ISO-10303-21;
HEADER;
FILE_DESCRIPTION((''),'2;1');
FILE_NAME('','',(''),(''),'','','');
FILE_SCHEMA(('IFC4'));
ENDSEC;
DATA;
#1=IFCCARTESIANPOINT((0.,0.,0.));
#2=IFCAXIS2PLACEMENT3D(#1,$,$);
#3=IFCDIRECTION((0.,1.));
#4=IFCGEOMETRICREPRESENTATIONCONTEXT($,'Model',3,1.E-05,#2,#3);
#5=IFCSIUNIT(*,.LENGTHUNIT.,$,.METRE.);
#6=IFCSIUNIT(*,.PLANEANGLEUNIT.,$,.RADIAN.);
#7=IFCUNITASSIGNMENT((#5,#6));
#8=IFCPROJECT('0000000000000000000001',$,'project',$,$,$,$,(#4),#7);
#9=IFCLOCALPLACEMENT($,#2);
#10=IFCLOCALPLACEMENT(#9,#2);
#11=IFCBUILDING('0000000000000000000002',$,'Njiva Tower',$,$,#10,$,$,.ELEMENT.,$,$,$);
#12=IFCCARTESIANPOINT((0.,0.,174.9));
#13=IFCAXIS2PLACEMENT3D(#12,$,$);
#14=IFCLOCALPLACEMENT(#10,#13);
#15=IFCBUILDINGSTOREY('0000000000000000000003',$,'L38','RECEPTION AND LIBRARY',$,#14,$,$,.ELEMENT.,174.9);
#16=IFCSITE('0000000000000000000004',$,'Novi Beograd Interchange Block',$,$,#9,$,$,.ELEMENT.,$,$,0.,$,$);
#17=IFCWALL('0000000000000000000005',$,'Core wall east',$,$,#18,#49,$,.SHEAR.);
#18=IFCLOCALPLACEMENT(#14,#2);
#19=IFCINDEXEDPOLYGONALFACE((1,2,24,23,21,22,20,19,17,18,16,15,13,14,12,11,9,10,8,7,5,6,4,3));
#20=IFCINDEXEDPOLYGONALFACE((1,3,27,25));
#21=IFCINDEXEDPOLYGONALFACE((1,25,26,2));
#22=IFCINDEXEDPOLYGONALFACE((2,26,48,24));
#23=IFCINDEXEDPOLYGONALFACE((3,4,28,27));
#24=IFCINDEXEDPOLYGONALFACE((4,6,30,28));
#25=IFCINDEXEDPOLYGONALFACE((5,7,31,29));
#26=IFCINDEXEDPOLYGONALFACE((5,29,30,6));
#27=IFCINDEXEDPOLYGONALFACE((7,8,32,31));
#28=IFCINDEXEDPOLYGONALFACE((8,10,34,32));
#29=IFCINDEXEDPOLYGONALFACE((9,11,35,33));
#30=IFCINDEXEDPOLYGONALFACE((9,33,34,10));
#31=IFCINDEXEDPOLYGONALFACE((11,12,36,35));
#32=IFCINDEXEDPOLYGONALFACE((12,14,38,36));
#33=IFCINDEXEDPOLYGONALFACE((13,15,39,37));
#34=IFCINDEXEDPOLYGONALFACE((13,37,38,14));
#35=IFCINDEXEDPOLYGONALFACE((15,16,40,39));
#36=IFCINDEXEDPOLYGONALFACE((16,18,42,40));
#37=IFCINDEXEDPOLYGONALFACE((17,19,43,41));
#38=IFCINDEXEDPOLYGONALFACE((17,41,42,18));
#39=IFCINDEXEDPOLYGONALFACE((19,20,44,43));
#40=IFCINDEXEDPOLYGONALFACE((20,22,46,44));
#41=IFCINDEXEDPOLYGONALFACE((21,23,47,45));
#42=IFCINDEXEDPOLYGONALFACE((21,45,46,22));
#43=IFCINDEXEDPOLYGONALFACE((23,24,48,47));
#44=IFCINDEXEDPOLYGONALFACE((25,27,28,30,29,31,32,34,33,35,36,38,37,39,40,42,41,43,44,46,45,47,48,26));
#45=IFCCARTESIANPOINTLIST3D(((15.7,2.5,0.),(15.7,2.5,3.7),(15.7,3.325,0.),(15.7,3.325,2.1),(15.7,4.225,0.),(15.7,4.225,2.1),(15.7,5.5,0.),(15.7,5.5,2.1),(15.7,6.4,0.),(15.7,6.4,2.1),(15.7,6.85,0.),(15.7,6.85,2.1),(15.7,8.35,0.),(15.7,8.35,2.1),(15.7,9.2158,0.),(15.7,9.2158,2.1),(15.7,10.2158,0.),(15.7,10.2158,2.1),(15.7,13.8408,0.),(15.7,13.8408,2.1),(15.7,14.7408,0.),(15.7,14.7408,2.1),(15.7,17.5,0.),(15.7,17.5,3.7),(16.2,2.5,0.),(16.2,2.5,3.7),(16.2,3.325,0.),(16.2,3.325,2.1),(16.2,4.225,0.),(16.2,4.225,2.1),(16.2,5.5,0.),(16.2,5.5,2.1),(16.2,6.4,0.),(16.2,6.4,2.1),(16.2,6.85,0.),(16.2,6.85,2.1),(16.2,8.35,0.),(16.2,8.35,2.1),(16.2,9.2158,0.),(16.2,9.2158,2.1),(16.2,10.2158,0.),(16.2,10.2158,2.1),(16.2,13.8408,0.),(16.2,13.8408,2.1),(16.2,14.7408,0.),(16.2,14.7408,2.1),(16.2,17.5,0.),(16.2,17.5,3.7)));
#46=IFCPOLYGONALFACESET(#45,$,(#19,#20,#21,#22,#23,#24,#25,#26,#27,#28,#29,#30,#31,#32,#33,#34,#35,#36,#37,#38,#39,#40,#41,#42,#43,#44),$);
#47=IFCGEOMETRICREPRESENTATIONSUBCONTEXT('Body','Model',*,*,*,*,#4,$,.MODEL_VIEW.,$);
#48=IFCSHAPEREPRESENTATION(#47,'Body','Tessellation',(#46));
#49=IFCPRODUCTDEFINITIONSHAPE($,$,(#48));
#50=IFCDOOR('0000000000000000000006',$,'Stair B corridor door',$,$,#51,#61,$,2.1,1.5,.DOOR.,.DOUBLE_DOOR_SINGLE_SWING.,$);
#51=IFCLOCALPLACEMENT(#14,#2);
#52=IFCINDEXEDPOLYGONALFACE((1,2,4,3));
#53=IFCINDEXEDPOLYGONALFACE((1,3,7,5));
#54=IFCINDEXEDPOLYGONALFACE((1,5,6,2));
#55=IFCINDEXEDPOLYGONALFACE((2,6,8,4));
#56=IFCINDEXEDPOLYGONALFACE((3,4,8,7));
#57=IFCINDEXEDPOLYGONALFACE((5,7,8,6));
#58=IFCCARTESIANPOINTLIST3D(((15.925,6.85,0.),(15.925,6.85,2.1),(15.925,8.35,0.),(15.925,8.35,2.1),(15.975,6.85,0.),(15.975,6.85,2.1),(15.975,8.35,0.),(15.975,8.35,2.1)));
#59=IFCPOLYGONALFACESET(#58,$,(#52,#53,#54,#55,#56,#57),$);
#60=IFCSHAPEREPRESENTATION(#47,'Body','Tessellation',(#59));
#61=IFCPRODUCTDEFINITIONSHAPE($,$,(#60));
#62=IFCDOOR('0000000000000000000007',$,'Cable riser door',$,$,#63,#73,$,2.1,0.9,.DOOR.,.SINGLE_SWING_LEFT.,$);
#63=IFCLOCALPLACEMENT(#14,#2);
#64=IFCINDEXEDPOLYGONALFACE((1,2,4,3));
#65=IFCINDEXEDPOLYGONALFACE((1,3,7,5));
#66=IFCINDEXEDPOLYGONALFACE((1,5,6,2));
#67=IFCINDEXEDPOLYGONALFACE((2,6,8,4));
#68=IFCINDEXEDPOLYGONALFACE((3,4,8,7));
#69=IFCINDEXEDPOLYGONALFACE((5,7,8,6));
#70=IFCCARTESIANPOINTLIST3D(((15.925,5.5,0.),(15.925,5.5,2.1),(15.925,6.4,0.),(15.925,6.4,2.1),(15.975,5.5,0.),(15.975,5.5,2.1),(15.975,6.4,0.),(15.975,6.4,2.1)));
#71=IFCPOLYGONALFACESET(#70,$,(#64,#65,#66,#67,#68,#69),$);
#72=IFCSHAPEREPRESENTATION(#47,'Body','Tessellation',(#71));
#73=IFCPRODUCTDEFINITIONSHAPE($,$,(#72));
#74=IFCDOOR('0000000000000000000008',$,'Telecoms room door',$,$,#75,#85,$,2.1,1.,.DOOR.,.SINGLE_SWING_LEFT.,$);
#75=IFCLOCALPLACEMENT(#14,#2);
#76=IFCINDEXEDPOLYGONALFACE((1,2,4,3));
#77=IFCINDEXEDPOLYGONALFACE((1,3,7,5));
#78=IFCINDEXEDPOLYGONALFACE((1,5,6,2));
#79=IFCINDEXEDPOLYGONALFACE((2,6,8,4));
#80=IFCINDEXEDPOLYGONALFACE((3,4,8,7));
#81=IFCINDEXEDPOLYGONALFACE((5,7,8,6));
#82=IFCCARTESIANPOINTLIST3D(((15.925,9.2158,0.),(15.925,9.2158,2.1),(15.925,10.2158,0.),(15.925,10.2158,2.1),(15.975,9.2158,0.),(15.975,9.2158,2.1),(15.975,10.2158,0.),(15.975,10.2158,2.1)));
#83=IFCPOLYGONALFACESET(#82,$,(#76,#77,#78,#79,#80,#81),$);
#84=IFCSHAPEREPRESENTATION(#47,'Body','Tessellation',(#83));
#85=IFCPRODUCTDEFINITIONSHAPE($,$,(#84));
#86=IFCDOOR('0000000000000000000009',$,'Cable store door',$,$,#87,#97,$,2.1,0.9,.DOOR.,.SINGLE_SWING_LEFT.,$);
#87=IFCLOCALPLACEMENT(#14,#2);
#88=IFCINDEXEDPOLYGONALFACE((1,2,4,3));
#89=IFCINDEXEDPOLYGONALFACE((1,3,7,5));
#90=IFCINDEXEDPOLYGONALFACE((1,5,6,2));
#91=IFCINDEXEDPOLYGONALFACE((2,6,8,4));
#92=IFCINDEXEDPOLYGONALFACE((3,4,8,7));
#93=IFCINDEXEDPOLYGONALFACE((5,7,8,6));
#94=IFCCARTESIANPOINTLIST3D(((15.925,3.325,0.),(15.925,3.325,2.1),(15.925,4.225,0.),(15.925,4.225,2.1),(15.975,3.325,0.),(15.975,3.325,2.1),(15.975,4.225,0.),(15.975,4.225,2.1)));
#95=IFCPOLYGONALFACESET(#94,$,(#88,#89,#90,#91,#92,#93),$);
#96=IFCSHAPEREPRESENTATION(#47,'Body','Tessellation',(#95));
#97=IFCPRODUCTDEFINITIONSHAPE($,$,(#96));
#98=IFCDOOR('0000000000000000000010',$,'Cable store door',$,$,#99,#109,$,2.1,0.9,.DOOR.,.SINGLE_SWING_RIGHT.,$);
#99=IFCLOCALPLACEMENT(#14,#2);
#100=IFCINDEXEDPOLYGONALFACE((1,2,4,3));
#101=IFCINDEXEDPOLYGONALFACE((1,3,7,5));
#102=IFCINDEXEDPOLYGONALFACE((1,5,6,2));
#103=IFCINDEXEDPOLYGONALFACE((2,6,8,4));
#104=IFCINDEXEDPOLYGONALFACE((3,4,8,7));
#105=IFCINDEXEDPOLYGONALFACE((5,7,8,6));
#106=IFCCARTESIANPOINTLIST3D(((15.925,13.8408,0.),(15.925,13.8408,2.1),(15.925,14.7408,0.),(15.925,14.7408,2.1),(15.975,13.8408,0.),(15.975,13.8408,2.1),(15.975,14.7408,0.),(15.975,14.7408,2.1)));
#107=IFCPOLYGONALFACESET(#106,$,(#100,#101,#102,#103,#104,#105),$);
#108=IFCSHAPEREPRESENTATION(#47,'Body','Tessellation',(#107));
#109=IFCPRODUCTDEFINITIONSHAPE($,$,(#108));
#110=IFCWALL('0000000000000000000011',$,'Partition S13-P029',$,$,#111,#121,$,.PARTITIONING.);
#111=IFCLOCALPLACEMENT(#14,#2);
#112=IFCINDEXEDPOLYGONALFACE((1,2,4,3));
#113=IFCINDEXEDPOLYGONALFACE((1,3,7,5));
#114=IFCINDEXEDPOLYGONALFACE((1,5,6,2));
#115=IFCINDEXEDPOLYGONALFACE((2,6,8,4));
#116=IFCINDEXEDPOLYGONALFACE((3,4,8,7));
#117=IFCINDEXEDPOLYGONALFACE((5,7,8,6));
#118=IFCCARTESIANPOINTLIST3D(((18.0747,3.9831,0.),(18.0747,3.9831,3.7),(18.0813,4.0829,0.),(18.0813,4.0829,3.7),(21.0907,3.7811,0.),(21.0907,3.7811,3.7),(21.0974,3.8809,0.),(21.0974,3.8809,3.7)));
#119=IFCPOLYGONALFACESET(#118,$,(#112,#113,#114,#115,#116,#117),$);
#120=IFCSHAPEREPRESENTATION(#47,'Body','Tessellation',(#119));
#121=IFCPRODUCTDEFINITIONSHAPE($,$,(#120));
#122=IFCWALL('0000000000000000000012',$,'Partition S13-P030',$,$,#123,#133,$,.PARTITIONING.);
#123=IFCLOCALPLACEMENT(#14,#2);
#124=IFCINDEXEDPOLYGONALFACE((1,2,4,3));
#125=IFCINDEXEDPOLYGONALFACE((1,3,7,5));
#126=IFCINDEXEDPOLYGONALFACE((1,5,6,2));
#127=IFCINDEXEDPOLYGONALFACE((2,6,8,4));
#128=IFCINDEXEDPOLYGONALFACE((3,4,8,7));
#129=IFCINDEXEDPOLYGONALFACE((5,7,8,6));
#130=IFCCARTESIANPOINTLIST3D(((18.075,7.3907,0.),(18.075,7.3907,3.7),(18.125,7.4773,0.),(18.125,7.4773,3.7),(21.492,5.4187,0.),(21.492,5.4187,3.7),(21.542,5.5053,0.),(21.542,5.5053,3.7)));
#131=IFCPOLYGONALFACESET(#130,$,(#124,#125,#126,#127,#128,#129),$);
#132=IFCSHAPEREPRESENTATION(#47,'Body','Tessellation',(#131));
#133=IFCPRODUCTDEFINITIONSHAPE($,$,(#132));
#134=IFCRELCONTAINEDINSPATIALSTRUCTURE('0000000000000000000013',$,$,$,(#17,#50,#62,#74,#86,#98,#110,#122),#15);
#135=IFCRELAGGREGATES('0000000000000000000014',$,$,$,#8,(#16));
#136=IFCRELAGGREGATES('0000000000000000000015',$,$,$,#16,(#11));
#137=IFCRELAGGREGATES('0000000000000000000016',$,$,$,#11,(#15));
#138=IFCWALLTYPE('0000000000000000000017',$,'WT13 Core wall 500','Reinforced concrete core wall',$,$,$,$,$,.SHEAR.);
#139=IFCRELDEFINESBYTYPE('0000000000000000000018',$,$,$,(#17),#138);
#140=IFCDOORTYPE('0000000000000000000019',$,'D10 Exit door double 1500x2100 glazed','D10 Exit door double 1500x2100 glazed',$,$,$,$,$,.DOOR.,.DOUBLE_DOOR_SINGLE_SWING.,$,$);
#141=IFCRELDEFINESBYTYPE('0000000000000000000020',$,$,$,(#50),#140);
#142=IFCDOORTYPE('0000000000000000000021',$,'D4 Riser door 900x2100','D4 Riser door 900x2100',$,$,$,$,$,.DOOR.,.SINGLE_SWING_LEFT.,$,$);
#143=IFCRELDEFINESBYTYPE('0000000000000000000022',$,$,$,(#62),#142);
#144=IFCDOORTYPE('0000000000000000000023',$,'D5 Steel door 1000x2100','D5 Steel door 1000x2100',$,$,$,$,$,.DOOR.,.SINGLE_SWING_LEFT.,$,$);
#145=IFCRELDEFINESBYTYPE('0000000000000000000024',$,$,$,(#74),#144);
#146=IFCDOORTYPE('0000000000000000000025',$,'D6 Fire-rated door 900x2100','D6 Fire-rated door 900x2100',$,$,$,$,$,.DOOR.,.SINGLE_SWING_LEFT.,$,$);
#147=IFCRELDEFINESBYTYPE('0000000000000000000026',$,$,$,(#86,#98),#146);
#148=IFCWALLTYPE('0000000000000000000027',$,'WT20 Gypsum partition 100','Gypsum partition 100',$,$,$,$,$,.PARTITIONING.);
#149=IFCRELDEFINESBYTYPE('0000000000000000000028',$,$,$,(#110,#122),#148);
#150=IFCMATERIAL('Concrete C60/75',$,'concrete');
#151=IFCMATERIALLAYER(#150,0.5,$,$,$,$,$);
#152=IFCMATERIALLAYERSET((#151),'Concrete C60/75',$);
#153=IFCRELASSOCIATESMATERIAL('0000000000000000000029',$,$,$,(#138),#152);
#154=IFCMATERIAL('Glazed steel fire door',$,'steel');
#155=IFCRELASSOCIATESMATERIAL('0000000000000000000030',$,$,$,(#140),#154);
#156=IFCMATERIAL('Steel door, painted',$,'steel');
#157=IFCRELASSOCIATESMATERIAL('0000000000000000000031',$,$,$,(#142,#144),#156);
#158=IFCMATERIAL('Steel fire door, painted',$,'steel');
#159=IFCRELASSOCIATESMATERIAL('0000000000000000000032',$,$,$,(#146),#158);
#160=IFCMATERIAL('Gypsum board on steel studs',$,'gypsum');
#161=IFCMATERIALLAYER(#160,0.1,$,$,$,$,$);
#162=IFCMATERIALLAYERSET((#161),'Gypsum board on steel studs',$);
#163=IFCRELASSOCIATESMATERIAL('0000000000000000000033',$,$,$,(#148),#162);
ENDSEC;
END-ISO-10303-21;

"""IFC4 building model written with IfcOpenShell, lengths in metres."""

from ifc_helpers import new_model, si_unit, direction, frame, frame_2d, origin, place, context, subcontext, project, spatial, rectangle, extrude, material, layer, layer_set, type_object, element, fill, save


model = new_model("IFC4")

# Units and contexts
model_context = context("Model", 3, precision=1e-05, world=origin(), true_north=direction((0.0, 1.0)))
body_context = subcontext(model_context, "Body", "Model", "MODEL_VIEW")
ifc_project = project(units=[si_unit("LENGTHUNIT", "METRE"), si_unit("PLANEANGLEUNIT", "RADIAN")], contexts=[model_context])

# Site, building, storey
site_placement = place(None, origin())
site = spatial("IfcSite", under=ifc_project, at=site_placement, Name="Novi Beograd Interchange Block", CompositionType="ELEMENT", RefElevation=0.0)
building_placement = place(site_placement, origin())
building = spatial("IfcBuilding", under=site, at=building_placement, Name="Njiva Tower", CompositionType="ELEMENT")
storey_placement = place(building_placement, frame((0.0, 0.0, 174.9)))
storey = spatial("IfcBuildingStorey", under=building, at=storey_placement, Name="L38", Description="RECEPTION AND LIBRARY", CompositionType="ELEMENT", Elevation=174.9)

# Wall, openings, doors
ifc_material_1 = material(Name="Concrete C60/75", Category="concrete")
ifc_layer_1 = layer(ifc_material_1, 0.5)
ifc_layer_set_1 = layer_set([ifc_layer_1], Name="Concrete C60/75")
wall_type_1 = type_object("IfcWallType", Name="WT13 Core wall 500", Description="Reinforced concrete core wall", PredefinedType="SHEAR", material=ifc_layer_set_1)
wall_1_placement = place(storey_placement, frame((15.95, 2.5, 0.0), z_axis=(0.0, 0.0, 1.0), x_axis=(0.0, 1.0, 0.0)))
wall_1 = element("IfcWall", 1, at=wall_1_placement, inside=storey, type_object=wall_type_1, Name="Core wall east", PredefinedType="SHEAR", context=body_context, shape_type="SweptSolid", body=[
    extrude(rectangle(XDim=15.0, YDim=0.5, at=frame_2d((7.5, 0.0))), origin(), (0.0, 0.0, 1.0), 3.7),
])
opening_1_placement = place(wall_1_placement, frame((4.35, 0.0, 0.0)))
opening_1 = element("IfcOpeningElement", 2, at=opening_1_placement, cuts=wall_1, PredefinedType="OPENING", context=body_context, shape_type="SweptSolid", body=[
    extrude(rectangle(XDim=1.5, YDim=2.1, at=frame_2d((0.75, 1.05))), frame((0.0, 0.26, 0.0), z_axis=(0.0, -1.0, 0.0), x_axis=(1.0, 0.0, 0.0)), (0.0, 0.0, 1.0), 0.52),
])
opening_2_placement = place(wall_1_placement, frame((0.825, 0.0, 0.0)))
opening_2 = element("IfcOpeningElement", 3, at=opening_2_placement, cuts=wall_1, PredefinedType="OPENING", context=body_context, shape_type="SweptSolid", body=[
    extrude(rectangle(XDim=0.9, YDim=2.1, at=frame_2d((0.45, 1.05))), frame((0.0, 0.26, 0.0), z_axis=(0.0, -1.0, 0.0), x_axis=(1.0, 0.0, 0.0)), (0.0, 0.0, 1.0), 0.52),
])
opening_3_placement = place(wall_1_placement, frame((3.0, 0.0, 0.0)))
opening_3 = element("IfcOpeningElement", 4, at=opening_3_placement, cuts=wall_1, PredefinedType="OPENING", context=body_context, shape_type="SweptSolid", body=[
    extrude(rectangle(XDim=0.9, YDim=2.1, at=frame_2d((0.45, 1.05))), frame((0.0, 0.26, 0.0), z_axis=(0.0, -1.0, 0.0), x_axis=(1.0, 0.0, 0.0)), (0.0, 0.0, 1.0), 0.52),
])
opening_4_placement = place(wall_1_placement, frame((6.7158, 0.0, 0.0)))
opening_4 = element("IfcOpeningElement", 5, at=opening_4_placement, cuts=wall_1, PredefinedType="OPENING", context=body_context, shape_type="SweptSolid", body=[
    extrude(rectangle(XDim=1.0, YDim=2.1, at=frame_2d((0.5, 1.05))), frame((0.0, 0.26, 0.0), z_axis=(0.0, -1.0, 0.0), x_axis=(1.0, 0.0, 0.0)), (0.0, 0.0, 1.0), 0.52),
])
opening_5_placement = place(wall_1_placement, frame((11.3408, 0.0, 0.0)))
opening_5 = element("IfcOpeningElement", 6, at=opening_5_placement, cuts=wall_1, PredefinedType="OPENING", context=body_context, shape_type="SweptSolid", body=[
    extrude(rectangle(XDim=0.9, YDim=2.1, at=frame_2d((0.45, 1.05))), frame((0.0, 0.26, 0.0), z_axis=(0.0, -1.0, 0.0), x_axis=(1.0, 0.0, 0.0)), (0.0, 0.0, 1.0), 0.52),
])
ifc_material_2 = material(Name="Glazed steel fire door", Category="steel")
door_type_1 = type_object("IfcDoorType", Name="D10 Exit door double 1500x2100 glazed", Description="D10 Exit door double 1500x2100 glazed", OperationType="DOUBLE_DOOR_SINGLE_SWING", PredefinedType="DOOR", material=ifc_material_2)
door_1_placement = place(opening_1_placement, origin())
door_1 = element("IfcDoor", 7, at=door_1_placement, inside=storey, type_object=door_type_1, Name="Stair B corridor door", OperationType="DOUBLE_DOOR_SINGLE_SWING", OverallHeight=2.1, OverallWidth=1.5, PredefinedType="DOOR", context=body_context, shape_type="SweptSolid", body=[
    extrude(rectangle(XDim=1.5, YDim=2.1, at=frame_2d((0.75, 1.05))), frame((0.0, 0.025, 0.0), z_axis=(0.0, -1.0, 0.0), x_axis=(1.0, 0.0, 0.0)), (0.0, 0.0, 1.0), 0.05),
])
fill(opening_1, door_1)
ifc_material_3 = material(Name="Steel door, painted", Category="steel")
door_type_2 = type_object("IfcDoorType", Name="D4 Riser door 900x2100", Description="D4 Riser door 900x2100", OperationType="SINGLE_SWING_LEFT", PredefinedType="DOOR", material=ifc_material_3)
door_2_placement = place(opening_3_placement, origin())
door_2 = element("IfcDoor", 8, at=door_2_placement, inside=storey, type_object=door_type_2, Name="Cable riser door", OperationType="SINGLE_SWING_LEFT", OverallHeight=2.1, OverallWidth=0.9, PredefinedType="DOOR", context=body_context, shape_type="SweptSolid", body=[
    extrude(rectangle(XDim=0.9, YDim=2.1, at=frame_2d((0.45, 1.05))), frame((0.0, 0.025, 0.0), z_axis=(0.0, -1.0, 0.0), x_axis=(1.0, 0.0, 0.0)), (0.0, 0.0, 1.0), 0.05),
])
fill(opening_3, door_2)
door_type_3 = type_object("IfcDoorType", Name="D5 Steel door 1000x2100", Description="D5 Steel door 1000x2100", OperationType="SINGLE_SWING_LEFT", PredefinedType="DOOR", material=ifc_material_3)
door_3_placement = place(opening_4_placement, origin())
door_3 = element("IfcDoor", 9, at=door_3_placement, inside=storey, type_object=door_type_3, Name="Telecoms room door", OperationType="SINGLE_SWING_LEFT", OverallHeight=2.1, OverallWidth=1.0, PredefinedType="DOOR", context=body_context, shape_type="SweptSolid", body=[
    extrude(rectangle(XDim=1.0, YDim=2.1, at=frame_2d((0.5, 1.05))), frame((0.0, 0.025, 0.0), z_axis=(0.0, -1.0, 0.0), x_axis=(1.0, 0.0, 0.0)), (0.0, 0.0, 1.0), 0.05),
])
fill(opening_4, door_3)
ifc_material_4 = material(Name="Steel fire door, painted", Category="steel")
door_type_4 = type_object("IfcDoorType", Name="D6 Fire-rated door 900x2100", Description="D6 Fire-rated door 900x2100", OperationType="SINGLE_SWING_LEFT", PredefinedType="DOOR", material=ifc_material_4)
door_4_placement = place(opening_2_placement, origin())
door_4 = element("IfcDoor", 10, at=door_4_placement, inside=storey, type_object=door_type_4, Name="Cable store door", OperationType="SINGLE_SWING_LEFT", OverallHeight=2.1, OverallWidth=0.9, PredefinedType="DOOR", context=body_context, shape_type="SweptSolid", body=[
    extrude(rectangle(XDim=0.9, YDim=2.1, at=frame_2d((0.45, 1.05))), frame((0.0, 0.025, 0.0), z_axis=(0.0, -1.0, 0.0), x_axis=(1.0, 0.0, 0.0)), (0.0, 0.0, 1.0), 0.05),
])
fill(opening_2, door_4)
door_5_placement = place(opening_5_placement, origin())
door_5 = element("IfcDoor", 11, at=door_5_placement, inside=storey, type_object=door_type_4, Name="Cable store door", OperationType="SINGLE_SWING_RIGHT", OverallHeight=2.1, OverallWidth=0.9, PredefinedType="DOOR", context=body_context, shape_type="SweptSolid", body=[
    extrude(rectangle(XDim=0.9, YDim=2.1, at=frame_2d((0.45, 1.05))), frame((0.0, 0.025, 0.0), z_axis=(0.0, -1.0, 0.0), x_axis=(1.0, 0.0, 0.0)), (0.0, 0.0, 1.0), 0.05),
])
fill(opening_5, door_5)

# Walls
ifc_material_5 = material(Name="Gypsum board on steel studs", Category="gypsum")
ifc_layer_2 = layer(ifc_material_5, 0.1)
ifc_layer_set_2 = layer_set([ifc_layer_2], Name="Gypsum board on steel studs")
wall_type_2 = type_object("IfcWallType", Name="WT20 Gypsum partition 100", Description="Gypsum partition 100", PredefinedType="PARTITIONING", material=ifc_layer_set_2)
wall_2_placement = place(storey_placement, frame((18.078, 4.033, 0.0), z_axis=(0.0, 0.0, 1.0), x_axis=(0.997765, -0.066826, 0.0)))
element("IfcWall", 12, at=wall_2_placement, inside=storey, type_object=wall_type_2, Name="Partition S13-P029", PredefinedType="PARTITIONING", context=body_context, shape_type="SweptSolid", body=[
    extrude(rectangle(XDim=3.0228, YDim=0.1, at=frame_2d((1.5114, 0.0))), origin(), (0.0, 0.0, 1.0), 3.7),
])
wall_3_placement = place(storey_placement, frame((18.1, 7.434, 0.0), z_axis=(0.0, 0.0, 1.0), x_axis=(0.866114, -0.499847, 0.0)))
element("IfcWall", 13, at=wall_3_placement, inside=storey, type_object=wall_type_2, Name="Partition S13-P030", PredefinedType="PARTITIONING", context=body_context, shape_type="SweptSolid", body=[
    extrude(rectangle(XDim=3.9452, YDim=0.1, at=frame_2d((1.9726, 0.0))), origin(), (0.0, 0.0, 1.0), 3.7),
])

save(model, "model.ifc")
